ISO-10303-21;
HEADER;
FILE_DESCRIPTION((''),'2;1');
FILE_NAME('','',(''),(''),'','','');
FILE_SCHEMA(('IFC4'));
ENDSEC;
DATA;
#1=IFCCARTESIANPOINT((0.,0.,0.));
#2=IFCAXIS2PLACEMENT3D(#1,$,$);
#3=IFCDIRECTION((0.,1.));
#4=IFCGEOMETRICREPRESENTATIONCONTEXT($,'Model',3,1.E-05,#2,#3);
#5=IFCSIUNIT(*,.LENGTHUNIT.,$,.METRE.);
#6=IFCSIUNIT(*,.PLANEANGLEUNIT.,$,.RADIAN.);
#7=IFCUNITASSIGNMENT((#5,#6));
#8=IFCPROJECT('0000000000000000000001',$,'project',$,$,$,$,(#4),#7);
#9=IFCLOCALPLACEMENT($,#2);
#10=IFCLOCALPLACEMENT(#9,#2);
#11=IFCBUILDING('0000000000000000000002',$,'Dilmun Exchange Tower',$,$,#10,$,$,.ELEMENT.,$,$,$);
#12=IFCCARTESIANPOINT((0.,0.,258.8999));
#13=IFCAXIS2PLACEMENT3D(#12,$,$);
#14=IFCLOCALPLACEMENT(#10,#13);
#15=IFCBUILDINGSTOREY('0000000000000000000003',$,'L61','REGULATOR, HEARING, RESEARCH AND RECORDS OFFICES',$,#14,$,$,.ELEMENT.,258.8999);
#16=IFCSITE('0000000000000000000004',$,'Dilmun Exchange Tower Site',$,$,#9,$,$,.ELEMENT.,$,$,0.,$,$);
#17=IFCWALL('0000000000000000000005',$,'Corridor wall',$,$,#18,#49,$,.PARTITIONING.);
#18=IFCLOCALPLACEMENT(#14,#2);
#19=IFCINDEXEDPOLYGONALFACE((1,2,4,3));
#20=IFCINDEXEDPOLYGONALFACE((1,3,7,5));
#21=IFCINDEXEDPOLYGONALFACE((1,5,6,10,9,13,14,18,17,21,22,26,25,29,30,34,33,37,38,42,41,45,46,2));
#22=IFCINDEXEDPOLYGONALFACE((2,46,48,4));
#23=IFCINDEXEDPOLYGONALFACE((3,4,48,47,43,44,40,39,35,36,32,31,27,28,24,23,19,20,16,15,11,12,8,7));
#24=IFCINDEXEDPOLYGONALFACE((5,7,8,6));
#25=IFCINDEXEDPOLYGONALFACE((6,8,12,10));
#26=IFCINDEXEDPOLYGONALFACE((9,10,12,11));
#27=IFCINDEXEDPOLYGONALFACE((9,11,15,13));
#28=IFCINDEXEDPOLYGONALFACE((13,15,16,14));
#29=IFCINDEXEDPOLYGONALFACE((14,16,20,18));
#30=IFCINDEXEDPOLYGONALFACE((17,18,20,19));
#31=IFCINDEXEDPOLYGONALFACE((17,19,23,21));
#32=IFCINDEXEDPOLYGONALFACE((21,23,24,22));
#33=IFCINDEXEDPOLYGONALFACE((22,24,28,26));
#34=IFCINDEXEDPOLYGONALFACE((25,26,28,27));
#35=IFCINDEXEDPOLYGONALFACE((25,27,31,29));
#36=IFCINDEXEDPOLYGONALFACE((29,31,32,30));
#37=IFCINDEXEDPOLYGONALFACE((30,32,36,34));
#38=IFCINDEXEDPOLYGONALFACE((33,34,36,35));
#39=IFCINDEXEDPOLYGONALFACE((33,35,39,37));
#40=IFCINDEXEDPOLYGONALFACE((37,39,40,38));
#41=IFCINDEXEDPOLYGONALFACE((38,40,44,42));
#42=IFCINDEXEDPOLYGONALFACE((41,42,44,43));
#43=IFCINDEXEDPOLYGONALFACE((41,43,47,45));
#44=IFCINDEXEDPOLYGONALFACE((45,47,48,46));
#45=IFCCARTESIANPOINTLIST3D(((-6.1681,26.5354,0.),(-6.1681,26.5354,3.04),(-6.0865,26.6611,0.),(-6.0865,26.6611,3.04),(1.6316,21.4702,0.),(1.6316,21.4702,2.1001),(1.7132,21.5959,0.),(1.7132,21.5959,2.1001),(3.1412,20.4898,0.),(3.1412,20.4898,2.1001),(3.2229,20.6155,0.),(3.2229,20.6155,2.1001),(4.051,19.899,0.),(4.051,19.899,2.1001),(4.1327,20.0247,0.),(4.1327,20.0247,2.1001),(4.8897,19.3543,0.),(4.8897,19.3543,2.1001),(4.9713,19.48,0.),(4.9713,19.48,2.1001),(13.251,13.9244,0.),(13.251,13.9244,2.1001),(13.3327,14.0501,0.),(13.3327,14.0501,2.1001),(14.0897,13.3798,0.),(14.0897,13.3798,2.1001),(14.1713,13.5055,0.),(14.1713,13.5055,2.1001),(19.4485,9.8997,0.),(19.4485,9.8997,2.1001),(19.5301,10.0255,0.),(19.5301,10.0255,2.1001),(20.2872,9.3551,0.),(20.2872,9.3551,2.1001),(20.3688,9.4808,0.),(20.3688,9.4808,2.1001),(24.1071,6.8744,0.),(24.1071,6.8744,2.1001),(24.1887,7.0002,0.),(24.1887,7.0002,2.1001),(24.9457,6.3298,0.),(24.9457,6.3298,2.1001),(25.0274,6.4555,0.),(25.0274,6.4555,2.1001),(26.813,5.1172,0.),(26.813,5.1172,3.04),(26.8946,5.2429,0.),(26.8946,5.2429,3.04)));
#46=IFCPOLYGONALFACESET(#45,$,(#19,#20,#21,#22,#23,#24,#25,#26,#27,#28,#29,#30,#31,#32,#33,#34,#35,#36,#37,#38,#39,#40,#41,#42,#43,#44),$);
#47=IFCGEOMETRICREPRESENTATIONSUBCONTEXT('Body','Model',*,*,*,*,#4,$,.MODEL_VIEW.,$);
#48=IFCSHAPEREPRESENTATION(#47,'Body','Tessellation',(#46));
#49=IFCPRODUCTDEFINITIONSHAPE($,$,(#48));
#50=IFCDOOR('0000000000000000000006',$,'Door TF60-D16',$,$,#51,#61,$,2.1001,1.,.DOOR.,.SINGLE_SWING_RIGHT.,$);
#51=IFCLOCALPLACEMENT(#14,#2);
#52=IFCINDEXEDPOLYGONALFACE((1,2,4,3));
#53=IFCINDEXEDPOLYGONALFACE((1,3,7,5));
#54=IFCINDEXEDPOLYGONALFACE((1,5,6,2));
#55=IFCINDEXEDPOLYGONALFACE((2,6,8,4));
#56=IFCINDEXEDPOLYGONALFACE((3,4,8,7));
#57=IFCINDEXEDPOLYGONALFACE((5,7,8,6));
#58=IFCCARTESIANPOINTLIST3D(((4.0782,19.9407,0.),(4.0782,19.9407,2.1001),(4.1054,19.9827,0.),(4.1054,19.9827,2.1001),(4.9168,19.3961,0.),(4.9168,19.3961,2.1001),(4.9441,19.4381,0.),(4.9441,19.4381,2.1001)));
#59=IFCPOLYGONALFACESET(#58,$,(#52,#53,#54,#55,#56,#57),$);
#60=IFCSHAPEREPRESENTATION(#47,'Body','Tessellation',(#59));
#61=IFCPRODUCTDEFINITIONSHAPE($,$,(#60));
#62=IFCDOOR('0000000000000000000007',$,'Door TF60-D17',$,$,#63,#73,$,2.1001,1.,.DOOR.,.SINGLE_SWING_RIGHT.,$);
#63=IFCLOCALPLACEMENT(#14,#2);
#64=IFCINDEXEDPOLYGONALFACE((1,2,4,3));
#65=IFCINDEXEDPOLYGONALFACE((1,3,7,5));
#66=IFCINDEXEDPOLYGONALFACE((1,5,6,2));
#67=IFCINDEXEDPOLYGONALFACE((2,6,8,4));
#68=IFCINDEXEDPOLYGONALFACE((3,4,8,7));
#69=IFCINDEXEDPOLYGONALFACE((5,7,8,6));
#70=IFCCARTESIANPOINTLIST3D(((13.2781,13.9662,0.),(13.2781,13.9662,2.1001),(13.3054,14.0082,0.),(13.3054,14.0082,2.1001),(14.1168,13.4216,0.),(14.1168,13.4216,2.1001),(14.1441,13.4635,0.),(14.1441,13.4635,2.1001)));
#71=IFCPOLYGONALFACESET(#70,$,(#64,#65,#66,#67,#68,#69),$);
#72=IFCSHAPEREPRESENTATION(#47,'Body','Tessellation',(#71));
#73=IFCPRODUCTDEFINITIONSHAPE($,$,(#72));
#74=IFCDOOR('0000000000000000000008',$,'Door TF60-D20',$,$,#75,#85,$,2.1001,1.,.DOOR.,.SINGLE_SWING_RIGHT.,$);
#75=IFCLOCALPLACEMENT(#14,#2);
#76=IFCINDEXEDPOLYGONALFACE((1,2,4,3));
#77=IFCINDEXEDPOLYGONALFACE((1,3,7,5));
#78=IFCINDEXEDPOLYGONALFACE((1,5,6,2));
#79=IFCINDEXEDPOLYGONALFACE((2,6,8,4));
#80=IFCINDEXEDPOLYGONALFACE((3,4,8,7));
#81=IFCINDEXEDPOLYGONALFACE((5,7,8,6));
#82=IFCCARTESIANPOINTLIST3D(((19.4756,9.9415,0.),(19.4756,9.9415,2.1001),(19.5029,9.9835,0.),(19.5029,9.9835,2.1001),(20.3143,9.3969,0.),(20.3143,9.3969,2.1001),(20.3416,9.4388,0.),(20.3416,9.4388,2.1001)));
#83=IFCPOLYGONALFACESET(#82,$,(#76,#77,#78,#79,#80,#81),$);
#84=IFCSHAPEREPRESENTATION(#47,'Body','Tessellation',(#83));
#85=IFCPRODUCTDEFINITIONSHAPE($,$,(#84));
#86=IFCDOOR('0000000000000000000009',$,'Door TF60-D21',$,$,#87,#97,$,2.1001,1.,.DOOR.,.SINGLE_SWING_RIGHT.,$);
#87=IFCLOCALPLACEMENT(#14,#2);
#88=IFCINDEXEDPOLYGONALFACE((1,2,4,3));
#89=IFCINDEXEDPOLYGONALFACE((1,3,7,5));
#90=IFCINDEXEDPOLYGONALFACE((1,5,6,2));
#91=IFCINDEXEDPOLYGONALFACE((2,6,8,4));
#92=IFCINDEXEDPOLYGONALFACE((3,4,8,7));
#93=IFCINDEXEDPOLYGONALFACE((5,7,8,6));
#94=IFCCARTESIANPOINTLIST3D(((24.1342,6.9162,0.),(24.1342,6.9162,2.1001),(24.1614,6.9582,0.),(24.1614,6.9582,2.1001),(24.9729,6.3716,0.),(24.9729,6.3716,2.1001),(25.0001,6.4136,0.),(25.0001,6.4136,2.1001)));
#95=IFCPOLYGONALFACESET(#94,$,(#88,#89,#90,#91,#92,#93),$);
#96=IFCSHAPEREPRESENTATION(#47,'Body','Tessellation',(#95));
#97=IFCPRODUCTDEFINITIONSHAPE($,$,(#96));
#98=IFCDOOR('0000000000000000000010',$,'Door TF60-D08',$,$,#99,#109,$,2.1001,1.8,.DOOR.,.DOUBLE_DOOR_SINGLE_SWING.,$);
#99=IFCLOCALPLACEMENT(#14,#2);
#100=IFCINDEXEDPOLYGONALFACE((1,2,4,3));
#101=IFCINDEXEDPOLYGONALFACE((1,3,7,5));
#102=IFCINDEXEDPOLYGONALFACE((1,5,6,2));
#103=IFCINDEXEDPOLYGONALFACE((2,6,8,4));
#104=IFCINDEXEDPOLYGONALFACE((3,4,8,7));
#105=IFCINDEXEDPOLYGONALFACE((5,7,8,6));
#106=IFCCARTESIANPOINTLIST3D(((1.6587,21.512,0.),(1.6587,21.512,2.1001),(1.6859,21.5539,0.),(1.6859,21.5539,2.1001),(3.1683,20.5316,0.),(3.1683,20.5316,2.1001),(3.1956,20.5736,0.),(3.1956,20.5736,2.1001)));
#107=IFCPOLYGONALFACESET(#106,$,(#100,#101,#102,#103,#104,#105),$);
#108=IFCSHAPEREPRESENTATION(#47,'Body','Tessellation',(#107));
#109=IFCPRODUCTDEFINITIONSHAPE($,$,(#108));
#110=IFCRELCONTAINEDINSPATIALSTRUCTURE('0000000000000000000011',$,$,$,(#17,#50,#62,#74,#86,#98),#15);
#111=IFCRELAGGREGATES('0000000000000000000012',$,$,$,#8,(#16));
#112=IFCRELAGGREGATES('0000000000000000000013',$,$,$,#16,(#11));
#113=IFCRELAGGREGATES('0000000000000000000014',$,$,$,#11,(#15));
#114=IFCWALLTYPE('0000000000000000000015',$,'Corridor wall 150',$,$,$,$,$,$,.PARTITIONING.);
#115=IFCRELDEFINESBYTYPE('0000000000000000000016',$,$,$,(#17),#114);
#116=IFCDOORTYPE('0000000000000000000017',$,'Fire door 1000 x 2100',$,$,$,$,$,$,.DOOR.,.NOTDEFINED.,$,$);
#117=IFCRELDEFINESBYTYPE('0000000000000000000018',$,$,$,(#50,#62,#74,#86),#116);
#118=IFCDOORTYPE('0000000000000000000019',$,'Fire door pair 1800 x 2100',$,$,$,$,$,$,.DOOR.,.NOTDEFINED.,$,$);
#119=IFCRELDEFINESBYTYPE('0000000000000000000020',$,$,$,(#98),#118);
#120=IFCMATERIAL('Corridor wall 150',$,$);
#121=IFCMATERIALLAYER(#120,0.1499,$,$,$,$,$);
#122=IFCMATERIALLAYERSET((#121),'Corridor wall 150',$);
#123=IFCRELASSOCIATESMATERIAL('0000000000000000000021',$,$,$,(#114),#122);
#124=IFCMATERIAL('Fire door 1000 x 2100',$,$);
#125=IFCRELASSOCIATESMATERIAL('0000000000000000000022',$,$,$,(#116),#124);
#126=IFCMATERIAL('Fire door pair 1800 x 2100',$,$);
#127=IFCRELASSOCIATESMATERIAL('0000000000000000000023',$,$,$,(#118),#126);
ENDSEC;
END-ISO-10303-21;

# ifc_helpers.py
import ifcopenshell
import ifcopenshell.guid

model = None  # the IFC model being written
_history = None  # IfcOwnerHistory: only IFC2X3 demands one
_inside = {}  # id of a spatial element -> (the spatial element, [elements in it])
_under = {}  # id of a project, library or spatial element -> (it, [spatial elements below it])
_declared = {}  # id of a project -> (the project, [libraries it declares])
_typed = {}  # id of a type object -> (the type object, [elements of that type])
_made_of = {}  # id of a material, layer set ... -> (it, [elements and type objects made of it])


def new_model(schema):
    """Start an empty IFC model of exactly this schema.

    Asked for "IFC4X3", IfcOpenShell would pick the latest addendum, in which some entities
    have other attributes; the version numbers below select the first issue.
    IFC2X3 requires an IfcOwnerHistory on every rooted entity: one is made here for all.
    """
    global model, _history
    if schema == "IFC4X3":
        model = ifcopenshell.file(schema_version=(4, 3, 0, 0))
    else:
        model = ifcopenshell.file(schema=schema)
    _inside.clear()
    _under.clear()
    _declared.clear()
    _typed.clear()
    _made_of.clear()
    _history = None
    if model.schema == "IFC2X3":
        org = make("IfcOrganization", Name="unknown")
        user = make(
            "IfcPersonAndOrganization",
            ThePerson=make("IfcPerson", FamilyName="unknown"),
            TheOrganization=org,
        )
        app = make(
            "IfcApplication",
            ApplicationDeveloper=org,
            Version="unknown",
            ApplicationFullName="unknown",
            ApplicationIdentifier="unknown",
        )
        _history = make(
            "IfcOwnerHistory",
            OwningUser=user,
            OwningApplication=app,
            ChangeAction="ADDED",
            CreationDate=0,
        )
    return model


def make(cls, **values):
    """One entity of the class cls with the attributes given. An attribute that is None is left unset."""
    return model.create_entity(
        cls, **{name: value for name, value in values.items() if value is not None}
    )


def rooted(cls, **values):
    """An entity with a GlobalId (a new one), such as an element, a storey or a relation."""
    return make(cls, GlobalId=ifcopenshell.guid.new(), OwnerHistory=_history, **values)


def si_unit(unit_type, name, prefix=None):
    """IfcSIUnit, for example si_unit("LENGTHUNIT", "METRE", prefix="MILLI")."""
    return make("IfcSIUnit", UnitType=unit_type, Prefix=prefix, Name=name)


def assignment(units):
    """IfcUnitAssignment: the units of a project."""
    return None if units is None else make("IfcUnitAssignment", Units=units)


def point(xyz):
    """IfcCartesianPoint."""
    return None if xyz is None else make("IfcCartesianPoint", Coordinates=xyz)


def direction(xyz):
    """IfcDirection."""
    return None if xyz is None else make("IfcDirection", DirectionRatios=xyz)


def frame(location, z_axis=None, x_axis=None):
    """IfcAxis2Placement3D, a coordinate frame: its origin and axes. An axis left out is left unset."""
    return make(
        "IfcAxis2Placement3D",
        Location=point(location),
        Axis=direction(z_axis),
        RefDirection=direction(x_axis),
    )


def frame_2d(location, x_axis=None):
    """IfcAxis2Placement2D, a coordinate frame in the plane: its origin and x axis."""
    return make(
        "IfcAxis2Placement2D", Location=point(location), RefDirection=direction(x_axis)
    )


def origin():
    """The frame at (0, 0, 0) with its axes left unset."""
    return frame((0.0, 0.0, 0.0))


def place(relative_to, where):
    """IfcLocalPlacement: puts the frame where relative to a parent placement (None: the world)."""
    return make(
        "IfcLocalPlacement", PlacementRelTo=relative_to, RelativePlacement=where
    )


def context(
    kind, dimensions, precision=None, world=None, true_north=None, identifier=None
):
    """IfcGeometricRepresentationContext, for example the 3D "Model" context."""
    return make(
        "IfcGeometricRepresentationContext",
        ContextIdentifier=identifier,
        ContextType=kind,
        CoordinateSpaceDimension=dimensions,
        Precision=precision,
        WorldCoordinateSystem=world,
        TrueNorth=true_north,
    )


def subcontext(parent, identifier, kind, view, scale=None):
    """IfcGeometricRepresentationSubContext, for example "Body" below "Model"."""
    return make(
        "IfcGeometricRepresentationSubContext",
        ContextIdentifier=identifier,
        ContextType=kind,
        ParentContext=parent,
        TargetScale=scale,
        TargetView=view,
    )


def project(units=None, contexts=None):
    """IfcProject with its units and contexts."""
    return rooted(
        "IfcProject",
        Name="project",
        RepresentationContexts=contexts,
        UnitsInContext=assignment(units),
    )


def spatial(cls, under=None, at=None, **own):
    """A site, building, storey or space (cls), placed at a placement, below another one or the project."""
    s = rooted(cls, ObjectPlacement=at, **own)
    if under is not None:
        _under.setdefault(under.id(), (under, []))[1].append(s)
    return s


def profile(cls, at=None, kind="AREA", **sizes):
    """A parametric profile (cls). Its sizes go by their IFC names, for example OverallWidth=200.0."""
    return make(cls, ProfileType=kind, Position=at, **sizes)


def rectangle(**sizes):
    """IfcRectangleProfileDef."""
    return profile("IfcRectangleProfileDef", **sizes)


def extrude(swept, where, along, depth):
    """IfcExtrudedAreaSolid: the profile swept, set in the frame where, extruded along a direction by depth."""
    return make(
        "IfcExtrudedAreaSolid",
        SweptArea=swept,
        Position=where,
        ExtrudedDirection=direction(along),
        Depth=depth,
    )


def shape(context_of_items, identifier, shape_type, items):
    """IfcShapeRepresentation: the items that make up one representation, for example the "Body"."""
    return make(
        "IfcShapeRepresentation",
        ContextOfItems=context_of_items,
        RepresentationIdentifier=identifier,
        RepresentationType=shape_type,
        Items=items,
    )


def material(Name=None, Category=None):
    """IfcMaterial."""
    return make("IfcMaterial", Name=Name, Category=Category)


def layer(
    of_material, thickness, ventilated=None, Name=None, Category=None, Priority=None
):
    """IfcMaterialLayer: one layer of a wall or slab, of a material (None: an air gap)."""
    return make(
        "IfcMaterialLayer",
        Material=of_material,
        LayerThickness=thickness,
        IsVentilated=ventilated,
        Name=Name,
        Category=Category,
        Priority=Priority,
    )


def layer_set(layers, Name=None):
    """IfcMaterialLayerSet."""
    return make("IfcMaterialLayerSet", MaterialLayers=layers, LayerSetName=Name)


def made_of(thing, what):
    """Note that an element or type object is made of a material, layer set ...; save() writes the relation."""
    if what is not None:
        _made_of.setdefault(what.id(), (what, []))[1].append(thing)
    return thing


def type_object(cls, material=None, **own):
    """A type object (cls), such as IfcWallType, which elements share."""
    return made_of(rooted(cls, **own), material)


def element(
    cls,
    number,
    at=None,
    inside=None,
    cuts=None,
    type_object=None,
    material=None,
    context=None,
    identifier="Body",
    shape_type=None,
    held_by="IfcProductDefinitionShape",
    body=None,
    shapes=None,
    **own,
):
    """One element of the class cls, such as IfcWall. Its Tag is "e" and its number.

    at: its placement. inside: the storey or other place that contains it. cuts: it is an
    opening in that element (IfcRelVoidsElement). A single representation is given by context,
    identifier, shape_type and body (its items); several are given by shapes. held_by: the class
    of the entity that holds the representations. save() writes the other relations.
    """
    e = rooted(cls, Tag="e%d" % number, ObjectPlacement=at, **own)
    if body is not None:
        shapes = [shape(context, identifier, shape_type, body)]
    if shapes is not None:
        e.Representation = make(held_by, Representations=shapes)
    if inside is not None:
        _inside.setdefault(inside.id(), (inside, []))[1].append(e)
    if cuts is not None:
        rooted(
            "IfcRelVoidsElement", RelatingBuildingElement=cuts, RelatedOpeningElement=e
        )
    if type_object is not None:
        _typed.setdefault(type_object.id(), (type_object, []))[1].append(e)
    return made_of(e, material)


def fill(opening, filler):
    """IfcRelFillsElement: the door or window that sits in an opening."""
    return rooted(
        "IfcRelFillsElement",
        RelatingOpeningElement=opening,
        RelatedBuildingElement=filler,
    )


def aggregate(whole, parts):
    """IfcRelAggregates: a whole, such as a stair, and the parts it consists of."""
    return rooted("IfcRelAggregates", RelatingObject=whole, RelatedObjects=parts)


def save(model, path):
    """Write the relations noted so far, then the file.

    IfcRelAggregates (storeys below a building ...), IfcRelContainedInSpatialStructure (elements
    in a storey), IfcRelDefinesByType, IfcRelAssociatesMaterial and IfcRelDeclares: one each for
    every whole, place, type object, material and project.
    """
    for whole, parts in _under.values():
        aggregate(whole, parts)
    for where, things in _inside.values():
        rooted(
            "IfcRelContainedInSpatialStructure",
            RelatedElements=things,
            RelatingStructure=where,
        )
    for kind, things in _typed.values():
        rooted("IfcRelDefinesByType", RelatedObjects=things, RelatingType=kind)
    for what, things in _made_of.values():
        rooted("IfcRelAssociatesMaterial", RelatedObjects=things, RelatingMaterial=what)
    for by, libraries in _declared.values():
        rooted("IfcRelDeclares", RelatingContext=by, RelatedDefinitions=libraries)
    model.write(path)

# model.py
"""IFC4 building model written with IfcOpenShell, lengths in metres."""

from ifc_helpers import new_model, si_unit, direction, frame, frame_2d, origin, place, context, subcontext, project, spatial, rectangle, extrude, material, layer, layer_set, type_object, element, fill, save


model = new_model("IFC4")

# Units and contexts
model_context = context("Model", 3, precision=1e-05, world=origin(), true_north=direction((0.0, 1.0)))
body_context = subcontext(model_context, "Body", "Model", "MODEL_VIEW")
ifc_project = project(units=[si_unit("LENGTHUNIT", "METRE"), si_unit("PLANEANGLEUNIT", "RADIAN")], contexts=[model_context])

# Site, building, storey
site_placement = place(None, origin())
site = spatial("IfcSite", under=ifc_project, at=site_placement, Name="Dilmun Exchange Tower Site", CompositionType="ELEMENT", RefElevation=0.0)
building_placement = place(site_placement, origin())
building = spatial("IfcBuilding", under=site, at=building_placement, Name="Dilmun Exchange Tower", CompositionType="ELEMENT")
storey_placement = place(building_placement, frame((0.0, 0.0, 258.8999)))
storey = spatial("IfcBuildingStorey", under=building, at=storey_placement, Name="L61", Description="REGULATOR, HEARING, RESEARCH AND RECORDS OFFICES", CompositionType="ELEMENT", Elevation=258.8999)

# Shared definitions
ifc_material_1 = material(Name="Corridor wall 150")
ifc_layer = layer(ifc_material_1, 0.1499)
ifc_layer_set = layer_set([ifc_layer], Name="Corridor wall 150")
wall_type = type_object("IfcWallType", Name="Corridor wall 150", PredefinedType="PARTITIONING", material=ifc_layer_set)

# Shared definitions
ifc_material_2 = material(Name="Fire door 1000 x 2100")
door_type_1 = type_object("IfcDoorType", Name="Fire door 1000 x 2100", OperationType="NOTDEFINED", PredefinedType="DOOR", material=ifc_material_2)

# Wall, openings, doors
wall_1_placement = place(storey_placement, frame((-6.1272, 26.5981, 0.0), z_axis=(0.0, 0.0, 1.0), x_axis=(0.838671, -0.544639, 0.0)))
wall_1 = element("IfcWall", 1, at=wall_1_placement, inside=storey, type_object=wall_type, Name="Corridor wall", PredefinedType="PARTITIONING", context=body_context, shape_type="SweptSolid", body=[
    extrude(rectangle(XDim=39.3254, YDim=0.1499, at=frame_2d((19.6626, 0.0))), origin(), (0.0, 0.0, 1.0), 3.04),
])
opening_1_placement = place(wall_1_placement, frame((9.3, 0.0, 0.0)))
opening_1 = element("IfcOpeningElement", 2, at=opening_1_placement, cuts=wall_1, PredefinedType="OPENING", context=body_context, shape_type="SweptSolid", body=[
    extrude(rectangle(XDim=1.8, YDim=2.1001, at=frame_2d((0.8999, 1.05))), frame((0.0, 0.085, 0.0), z_axis=(0.0, -1.0, 0.0), x_axis=(1.0, 0.0, 0.0)), (0.0, 0.0, 1.0), 0.1699),
])
opening_2_placement = place(wall_1_placement, frame((12.1848, 0.0, 0.0)))
opening_2 = element("IfcOpeningElement", 3, at=opening_2_placement, cuts=wall_1, PredefinedType="OPENING", context=body_context, shape_type="SweptSolid", body=[
    extrude(rectangle(XDim=1.0, YDim=2.1001, at=frame_2d((0.5, 1.05))), frame((0.0, 0.085, 0.0), z_axis=(0.0, -1.0, 0.0), x_axis=(1.0, 0.0, 0.0)), (0.0, 0.0, 1.0), 0.1699),
])
opening_3_placement = place(wall_1_placement, frame((23.1545, 0.0, 0.0)))
opening_3 = element("IfcOpeningElement", 4, at=opening_3_placement, cuts=wall_1, PredefinedType="OPENING", context=body_context, shape_type="SweptSolid", body=[
    extrude(rectangle(XDim=1.0, YDim=2.1001, at=frame_2d((0.5, 1.05))), frame((0.0, 0.085, 0.0), z_axis=(0.0, -1.0, 0.0), x_axis=(1.0, 0.0, 0.0)), (0.0, 0.0, 1.0), 0.1699),
])
opening_4_placement = place(wall_1_placement, frame((30.5442, 0.0, 0.0)))
opening_4 = element("IfcOpeningElement", 5, at=opening_4_placement, cuts=wall_1, PredefinedType="OPENING", context=body_context, shape_type="SweptSolid", body=[
    extrude(rectangle(XDim=1.0, YDim=2.1001, at=frame_2d((0.5, 1.05))), frame((0.0, 0.085, 0.0), z_axis=(0.0, -1.0, 0.0), x_axis=(1.0, 0.0, 0.0)), (0.0, 0.0, 1.0), 0.1699),
])
opening_5_placement = place(wall_1_placement, frame((36.0989, 0.0, 0.0)))
opening_5 = element("IfcOpeningElement", 6, at=opening_5_placement, cuts=wall_1, PredefinedType="OPENING", context=body_context, shape_type="SweptSolid", body=[
    extrude(rectangle(XDim=1.0, YDim=2.1001, at=frame_2d((0.5, 1.05))), frame((0.0, 0.085, 0.0), z_axis=(0.0, -1.0, 0.0), x_axis=(1.0, 0.0, 0.0)), (0.0, 0.0, 1.0), 0.1699),
])
door_1_placement = place(opening_2_placement, origin())
door_1 = element("IfcDoor", 7, at=door_1_placement, inside=storey, type_object=door_type_1, Name="Door TF60-D16", OperationType="SINGLE_SWING_RIGHT", OverallHeight=2.1001, OverallWidth=1.0, PredefinedType="DOOR", context=body_context, shape_type="SweptSolid", body=[
    extrude(rectangle(XDim=1.0, YDim=2.1001, at=frame_2d((0.5, 1.05))), frame((0.0, 0.0249, 0.0), z_axis=(0.0, -1.0, 0.0), x_axis=(1.0, 0.0, 0.0)), (0.0, 0.0, 1.0), 0.05),
])
fill(opening_2, door_1)
door_2_placement = place(opening_3_placement, origin())
door_2 = element("IfcDoor", 8, at=door_2_placement, inside=storey, type_object=door_type_1, Name="Door TF60-D17", OperationType="SINGLE_SWING_RIGHT", OverallHeight=2.1001, OverallWidth=1.0, PredefinedType="DOOR", context=body_context, shape_type="SweptSolid", body=[
    extrude(rectangle(XDim=1.0, YDim=2.1001, at=frame_2d((0.5, 1.05))), frame((0.0, 0.0249, 0.0), z_axis=(0.0, -1.0, 0.0), x_axis=(1.0, 0.0, 0.0)), (0.0, 0.0, 1.0), 0.05),
])
fill(opening_3, door_2)
door_3_placement = place(opening_4_placement, origin())
door_3 = element("IfcDoor", 9, at=door_3_placement, inside=storey, type_object=door_type_1, Name="Door TF60-D20", OperationType="SINGLE_SWING_RIGHT", OverallHeight=2.1001, OverallWidth=1.0, PredefinedType="DOOR", context=body_context, shape_type="SweptSolid", body=[
    extrude(rectangle(XDim=1.0, YDim=2.1001, at=frame_2d((0.5, 1.05))), frame((0.0, 0.0249, 0.0), z_axis=(0.0, -1.0, 0.0), x_axis=(1.0, 0.0, 0.0)), (0.0, 0.0, 1.0), 0.05),
])
fill(opening_4, door_3)
door_4_placement = place(opening_5_placement, origin())
door_4 = element("IfcDoor", 10, at=door_4_placement, inside=storey, type_object=door_type_1, Name="Door TF60-D21", OperationType="SINGLE_SWING_RIGHT", OverallHeight=2.1001, OverallWidth=1.0, PredefinedType="DOOR", context=body_context, shape_type="SweptSolid", body=[
    extrude(rectangle(XDim=1.0, YDim=2.1001, at=frame_2d((0.5, 1.05))), frame((0.0, 0.0249, 0.0), z_axis=(0.0, -1.0, 0.0), x_axis=(1.0, 0.0, 0.0)), (0.0, 0.0, 1.0), 0.05),
])
fill(opening_5, door_4)
ifc_material_3 = material(Name="Fire door pair 1800 x 2100")
door_type_2 = type_object("IfcDoorType", Name="Fire door pair 1800 x 2100", OperationType="NOTDEFINED", PredefinedType="DOOR", material=ifc_material_3)
door_5_placement = place(opening_1_placement, origin())
door_5 = element("IfcDoor", 11, at=door_5_placement, inside=storey, type_object=door_type_2, Name="Door TF60-D08", OperationType="DOUBLE_DOOR_SINGLE_SWING", OverallHeight=2.1001, OverallWidth=1.8, PredefinedType="DOOR", context=body_context, shape_type="SweptSolid", body=[
    extrude(rectangle(XDim=1.8, YDim=2.1001, at=frame_2d((0.8999, 1.05))), frame((0.0, 0.0249, 0.0), z_axis=(0.0, -1.0, 0.0), x_axis=(1.0, 0.0, 0.0)), (0.0, 0.0, 1.0), 0.05),
])
fill(opening_1, door_5)

save(model, "model.ifc")
